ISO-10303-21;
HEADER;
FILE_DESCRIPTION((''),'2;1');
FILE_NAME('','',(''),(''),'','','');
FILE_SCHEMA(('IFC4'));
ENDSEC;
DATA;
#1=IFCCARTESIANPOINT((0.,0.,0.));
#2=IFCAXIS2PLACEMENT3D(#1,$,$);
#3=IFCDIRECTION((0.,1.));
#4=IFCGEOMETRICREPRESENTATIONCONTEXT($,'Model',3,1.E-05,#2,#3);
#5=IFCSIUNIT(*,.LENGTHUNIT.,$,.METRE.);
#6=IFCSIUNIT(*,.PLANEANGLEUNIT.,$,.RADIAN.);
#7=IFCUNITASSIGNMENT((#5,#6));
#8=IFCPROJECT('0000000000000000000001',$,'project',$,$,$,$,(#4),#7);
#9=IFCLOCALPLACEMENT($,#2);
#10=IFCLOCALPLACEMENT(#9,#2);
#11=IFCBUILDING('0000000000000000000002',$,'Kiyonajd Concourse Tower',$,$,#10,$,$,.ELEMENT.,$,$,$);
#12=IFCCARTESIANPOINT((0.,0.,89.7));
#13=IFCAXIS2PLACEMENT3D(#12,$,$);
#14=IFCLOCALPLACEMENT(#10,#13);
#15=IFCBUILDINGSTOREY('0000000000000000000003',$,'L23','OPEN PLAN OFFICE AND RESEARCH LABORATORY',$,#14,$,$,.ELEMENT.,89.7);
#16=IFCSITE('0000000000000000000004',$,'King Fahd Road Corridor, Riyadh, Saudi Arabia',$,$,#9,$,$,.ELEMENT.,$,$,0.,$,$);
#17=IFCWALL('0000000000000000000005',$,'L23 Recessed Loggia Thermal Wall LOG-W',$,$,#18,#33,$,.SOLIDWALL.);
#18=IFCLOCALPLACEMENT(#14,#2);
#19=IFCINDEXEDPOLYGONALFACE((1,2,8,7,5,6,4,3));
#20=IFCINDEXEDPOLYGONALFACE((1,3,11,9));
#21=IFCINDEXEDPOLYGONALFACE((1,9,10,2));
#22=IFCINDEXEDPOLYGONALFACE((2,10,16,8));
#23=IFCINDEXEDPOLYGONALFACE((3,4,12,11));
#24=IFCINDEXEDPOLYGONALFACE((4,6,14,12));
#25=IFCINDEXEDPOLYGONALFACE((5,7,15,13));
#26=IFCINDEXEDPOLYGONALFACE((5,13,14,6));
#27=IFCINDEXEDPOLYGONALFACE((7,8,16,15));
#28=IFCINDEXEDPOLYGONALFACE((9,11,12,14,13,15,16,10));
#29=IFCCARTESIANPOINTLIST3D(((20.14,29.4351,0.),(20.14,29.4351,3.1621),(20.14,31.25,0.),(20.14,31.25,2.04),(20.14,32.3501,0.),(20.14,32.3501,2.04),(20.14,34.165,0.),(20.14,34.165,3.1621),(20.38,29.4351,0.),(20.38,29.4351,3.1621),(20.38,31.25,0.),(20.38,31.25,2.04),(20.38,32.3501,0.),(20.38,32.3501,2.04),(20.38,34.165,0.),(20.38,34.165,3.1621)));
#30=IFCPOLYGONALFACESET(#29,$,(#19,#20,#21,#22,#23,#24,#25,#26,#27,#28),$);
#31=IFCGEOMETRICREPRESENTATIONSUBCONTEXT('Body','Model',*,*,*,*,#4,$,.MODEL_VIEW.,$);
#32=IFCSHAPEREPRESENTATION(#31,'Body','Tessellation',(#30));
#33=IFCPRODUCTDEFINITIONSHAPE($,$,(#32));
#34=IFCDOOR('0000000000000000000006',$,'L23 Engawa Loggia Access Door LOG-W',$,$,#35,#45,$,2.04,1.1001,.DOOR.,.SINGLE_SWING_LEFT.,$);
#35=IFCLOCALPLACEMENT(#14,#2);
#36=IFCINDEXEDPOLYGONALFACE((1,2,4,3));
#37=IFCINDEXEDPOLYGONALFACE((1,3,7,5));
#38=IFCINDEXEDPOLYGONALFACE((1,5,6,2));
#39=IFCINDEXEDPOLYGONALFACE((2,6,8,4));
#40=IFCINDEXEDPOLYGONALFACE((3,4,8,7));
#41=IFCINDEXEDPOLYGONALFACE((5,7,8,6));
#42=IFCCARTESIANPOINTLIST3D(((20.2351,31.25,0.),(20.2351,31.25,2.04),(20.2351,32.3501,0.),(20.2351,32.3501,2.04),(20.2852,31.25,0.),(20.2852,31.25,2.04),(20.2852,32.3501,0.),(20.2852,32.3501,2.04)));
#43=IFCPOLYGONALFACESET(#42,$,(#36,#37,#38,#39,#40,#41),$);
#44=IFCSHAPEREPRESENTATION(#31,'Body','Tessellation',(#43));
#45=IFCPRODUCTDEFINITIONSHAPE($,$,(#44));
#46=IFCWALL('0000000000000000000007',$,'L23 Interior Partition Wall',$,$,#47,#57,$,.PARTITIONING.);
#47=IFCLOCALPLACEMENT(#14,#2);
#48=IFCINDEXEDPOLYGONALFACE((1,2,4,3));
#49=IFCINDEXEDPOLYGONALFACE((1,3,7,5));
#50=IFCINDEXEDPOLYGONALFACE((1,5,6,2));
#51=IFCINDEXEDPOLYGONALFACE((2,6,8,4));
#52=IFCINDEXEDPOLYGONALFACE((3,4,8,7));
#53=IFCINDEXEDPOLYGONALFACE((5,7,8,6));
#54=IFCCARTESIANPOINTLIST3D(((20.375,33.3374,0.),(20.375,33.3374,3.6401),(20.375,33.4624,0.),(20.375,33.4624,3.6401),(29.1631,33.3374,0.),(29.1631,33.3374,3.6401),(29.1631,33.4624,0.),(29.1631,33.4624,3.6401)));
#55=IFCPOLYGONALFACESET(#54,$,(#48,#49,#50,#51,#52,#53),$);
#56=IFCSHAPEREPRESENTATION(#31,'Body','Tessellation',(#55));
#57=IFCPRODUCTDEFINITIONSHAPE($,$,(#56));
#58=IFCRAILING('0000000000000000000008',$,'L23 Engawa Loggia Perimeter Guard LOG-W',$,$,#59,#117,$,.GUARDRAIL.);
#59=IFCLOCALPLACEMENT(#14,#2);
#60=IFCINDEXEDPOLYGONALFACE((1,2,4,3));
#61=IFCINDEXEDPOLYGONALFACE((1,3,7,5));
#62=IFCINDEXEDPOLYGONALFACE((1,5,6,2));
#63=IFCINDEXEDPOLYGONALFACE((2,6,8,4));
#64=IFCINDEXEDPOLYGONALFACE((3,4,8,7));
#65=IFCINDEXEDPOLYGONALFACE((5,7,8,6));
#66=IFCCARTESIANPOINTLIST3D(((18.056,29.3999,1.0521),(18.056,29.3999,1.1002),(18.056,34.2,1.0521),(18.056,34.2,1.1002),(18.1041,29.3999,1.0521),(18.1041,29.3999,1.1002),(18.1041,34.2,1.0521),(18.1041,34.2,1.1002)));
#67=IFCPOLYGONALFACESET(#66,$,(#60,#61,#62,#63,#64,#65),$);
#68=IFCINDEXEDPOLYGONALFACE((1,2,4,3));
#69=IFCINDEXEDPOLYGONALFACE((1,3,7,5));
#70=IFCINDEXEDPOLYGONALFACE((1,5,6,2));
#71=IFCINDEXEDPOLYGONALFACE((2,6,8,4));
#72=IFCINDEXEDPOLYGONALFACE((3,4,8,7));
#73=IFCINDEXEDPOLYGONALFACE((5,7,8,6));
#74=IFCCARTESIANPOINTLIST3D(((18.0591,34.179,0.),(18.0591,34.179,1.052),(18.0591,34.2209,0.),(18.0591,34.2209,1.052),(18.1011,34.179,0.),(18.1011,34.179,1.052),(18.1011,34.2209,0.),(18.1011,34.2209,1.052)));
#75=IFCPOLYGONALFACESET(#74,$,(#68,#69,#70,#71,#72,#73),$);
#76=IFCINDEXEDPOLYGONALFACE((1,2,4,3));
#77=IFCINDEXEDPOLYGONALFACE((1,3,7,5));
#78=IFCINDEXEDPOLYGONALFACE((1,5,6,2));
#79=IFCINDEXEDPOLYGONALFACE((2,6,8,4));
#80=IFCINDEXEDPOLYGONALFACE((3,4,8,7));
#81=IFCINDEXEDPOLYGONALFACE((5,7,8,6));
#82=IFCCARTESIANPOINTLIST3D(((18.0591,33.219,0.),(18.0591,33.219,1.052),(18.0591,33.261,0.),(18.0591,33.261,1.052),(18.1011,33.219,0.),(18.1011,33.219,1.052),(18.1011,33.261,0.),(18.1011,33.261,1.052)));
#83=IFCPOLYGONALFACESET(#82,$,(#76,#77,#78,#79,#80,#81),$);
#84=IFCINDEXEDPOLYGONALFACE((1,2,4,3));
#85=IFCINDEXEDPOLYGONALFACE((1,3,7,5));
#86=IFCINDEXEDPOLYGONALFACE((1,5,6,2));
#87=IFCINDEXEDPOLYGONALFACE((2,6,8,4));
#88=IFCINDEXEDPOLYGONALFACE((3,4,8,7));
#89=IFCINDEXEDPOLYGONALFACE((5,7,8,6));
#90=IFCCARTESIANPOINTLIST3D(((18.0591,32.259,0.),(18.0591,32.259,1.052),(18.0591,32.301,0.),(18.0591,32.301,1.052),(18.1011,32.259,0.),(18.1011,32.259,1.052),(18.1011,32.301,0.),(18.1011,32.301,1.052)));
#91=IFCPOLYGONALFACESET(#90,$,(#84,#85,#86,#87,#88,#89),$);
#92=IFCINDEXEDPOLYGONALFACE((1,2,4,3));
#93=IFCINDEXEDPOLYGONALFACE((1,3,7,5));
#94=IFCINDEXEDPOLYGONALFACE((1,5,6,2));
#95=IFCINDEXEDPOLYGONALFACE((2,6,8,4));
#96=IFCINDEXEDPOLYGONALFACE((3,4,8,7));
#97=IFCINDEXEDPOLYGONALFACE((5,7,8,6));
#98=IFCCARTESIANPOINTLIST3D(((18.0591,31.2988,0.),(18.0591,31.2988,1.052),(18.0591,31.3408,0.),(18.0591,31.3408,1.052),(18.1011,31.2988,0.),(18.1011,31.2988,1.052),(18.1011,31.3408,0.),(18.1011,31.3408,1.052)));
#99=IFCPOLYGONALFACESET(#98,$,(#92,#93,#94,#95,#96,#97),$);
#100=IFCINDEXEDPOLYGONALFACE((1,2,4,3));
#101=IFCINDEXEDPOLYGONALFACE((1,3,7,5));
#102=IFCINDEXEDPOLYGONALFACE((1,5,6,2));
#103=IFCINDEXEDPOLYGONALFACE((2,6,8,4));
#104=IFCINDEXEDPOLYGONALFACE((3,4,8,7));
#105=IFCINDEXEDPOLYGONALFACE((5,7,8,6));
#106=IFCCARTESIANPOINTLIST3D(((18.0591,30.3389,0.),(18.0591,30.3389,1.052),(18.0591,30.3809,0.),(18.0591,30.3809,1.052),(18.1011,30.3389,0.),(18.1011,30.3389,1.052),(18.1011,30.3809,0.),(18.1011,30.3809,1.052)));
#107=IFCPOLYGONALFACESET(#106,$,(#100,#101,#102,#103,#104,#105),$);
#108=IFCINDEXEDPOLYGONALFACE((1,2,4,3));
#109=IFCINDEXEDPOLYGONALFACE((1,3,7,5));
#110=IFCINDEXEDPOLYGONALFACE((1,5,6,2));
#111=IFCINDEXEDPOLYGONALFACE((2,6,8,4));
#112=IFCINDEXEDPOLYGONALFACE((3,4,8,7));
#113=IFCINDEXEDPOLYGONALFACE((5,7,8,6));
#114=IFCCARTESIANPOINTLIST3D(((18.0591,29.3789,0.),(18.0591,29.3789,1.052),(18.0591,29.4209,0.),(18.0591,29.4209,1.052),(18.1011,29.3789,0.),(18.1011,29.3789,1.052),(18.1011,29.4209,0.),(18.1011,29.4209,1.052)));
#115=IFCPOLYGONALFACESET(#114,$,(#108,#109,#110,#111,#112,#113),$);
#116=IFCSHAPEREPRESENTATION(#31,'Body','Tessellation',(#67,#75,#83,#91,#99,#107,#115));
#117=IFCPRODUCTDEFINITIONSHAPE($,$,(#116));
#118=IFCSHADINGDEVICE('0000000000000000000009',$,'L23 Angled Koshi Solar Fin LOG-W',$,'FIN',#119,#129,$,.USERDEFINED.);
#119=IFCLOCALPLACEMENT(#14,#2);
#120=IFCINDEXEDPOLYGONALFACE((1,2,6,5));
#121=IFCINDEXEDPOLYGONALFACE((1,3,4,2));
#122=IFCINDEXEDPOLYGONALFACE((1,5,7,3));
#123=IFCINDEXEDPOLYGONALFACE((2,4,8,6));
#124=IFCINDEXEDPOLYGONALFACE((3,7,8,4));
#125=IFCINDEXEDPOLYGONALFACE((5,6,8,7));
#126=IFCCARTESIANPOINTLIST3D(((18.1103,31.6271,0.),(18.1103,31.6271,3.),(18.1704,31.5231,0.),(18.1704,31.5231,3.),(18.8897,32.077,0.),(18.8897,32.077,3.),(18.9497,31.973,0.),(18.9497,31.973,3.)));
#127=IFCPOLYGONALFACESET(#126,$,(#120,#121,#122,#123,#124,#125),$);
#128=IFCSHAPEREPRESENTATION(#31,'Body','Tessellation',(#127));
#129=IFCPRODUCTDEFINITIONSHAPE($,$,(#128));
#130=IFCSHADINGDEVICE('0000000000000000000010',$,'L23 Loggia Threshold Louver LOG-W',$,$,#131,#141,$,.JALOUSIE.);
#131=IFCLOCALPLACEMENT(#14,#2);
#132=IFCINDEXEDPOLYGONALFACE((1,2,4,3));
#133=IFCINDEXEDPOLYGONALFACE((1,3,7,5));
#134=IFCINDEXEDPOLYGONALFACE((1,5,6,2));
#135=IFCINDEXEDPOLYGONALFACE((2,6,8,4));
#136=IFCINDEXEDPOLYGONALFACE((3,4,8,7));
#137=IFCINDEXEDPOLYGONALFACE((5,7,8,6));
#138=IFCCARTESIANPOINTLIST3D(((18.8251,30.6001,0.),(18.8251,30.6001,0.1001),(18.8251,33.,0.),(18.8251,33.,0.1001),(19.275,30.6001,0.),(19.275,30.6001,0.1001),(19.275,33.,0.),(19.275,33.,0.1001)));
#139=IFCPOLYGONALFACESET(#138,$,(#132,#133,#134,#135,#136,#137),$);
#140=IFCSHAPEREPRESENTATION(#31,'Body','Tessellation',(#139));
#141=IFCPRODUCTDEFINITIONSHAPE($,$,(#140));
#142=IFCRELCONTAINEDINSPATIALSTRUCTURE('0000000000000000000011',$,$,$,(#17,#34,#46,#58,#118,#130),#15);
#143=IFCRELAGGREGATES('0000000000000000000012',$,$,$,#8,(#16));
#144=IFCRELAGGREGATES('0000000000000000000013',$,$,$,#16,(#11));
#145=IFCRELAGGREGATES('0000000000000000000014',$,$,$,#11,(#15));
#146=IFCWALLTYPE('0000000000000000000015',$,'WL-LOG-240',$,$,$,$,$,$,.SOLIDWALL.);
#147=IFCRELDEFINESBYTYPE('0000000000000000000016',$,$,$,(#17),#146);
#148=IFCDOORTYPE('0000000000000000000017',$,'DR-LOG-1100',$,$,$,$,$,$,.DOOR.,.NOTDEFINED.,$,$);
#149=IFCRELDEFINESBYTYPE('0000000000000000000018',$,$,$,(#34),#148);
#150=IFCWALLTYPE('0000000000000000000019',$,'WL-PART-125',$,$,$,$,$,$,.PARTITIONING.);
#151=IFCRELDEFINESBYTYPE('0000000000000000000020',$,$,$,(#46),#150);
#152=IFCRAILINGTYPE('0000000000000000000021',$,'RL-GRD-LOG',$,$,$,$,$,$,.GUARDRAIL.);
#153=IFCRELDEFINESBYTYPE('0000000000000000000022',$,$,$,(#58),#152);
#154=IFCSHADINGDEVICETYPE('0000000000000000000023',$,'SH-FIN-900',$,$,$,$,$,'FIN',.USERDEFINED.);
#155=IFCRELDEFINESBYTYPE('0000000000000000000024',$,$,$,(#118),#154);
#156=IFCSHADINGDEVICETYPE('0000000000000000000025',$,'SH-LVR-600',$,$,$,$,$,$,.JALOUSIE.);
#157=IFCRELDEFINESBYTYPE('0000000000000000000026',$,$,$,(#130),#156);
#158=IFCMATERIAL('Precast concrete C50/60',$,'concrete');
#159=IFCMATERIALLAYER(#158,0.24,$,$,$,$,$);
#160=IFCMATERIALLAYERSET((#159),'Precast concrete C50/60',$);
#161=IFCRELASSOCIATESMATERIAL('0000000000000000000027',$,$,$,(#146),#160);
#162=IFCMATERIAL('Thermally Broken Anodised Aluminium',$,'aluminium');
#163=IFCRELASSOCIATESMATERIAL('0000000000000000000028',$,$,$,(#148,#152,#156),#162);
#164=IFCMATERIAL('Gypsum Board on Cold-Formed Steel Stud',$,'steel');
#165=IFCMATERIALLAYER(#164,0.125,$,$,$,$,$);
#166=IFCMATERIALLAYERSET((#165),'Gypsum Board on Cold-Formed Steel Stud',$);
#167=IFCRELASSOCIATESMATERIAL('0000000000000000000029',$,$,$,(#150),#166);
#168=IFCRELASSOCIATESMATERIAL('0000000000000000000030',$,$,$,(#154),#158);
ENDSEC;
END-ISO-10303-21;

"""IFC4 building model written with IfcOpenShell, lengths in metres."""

from ifc_helpers import new_model, si_unit, direction, frame, frame_2d, origin, origin_2d, place, context, subcontext, project, spatial, rectangle, extrude, material, layer, layer_set, type_object, element, fill, save


model = new_model("IFC4")

# Units and contexts
model_context = context("Model", 3, precision=1e-05, world=origin(), true_north=direction((0.0, 1.0)))
body_context = subcontext(model_context, "Body", "Model", "MODEL_VIEW")
ifc_project = project(units=[si_unit("LENGTHUNIT", "METRE"), si_unit("PLANEANGLEUNIT", "RADIAN")], contexts=[model_context])

# Site, building, storey
site_placement = place(None, origin())
site = spatial("IfcSite", under=ifc_project, at=site_placement, Name="King Fahd Road Corridor, Riyadh, Saudi Arabia", CompositionType="ELEMENT", RefElevation=0.0)
building_placement = place(site_placement, origin())
building = spatial("IfcBuilding", under=site, at=building_placement, Name="Kiyonajd Concourse Tower", CompositionType="ELEMENT")
storey_placement = place(building_placement, frame((0.0, 0.0, 89.7)))
storey = spatial("IfcBuildingStorey", under=building, at=storey_placement, Name="L23", Description="OPEN PLAN OFFICE AND RESEARCH LABORATORY", CompositionType="ELEMENT", Elevation=89.7)

# Shared definitions
ifc_material_1 = material(Name="Precast concrete C50/60", Category="concrete")

# Shared definitions
ifc_material_2 = material(Name="Thermally Broken Anodised Aluminium", Category="aluminium")

# Wall, opening, door
ifc_layer_1 = layer(ifc_material_1, 0.24)
ifc_layer_set_1 = layer_set([ifc_layer_1], Name="Precast concrete C50/60")
wall_type_1 = type_object("IfcWallType", Name="WL-LOG-240", PredefinedType="SOLIDWALL", material=ifc_layer_set_1)
wall_1_placement = place(storey_placement, frame((20.26, 29.4351, 0.0), z_axis=(0.0, 0.0, 1.0), x_axis=(0.0, 1.0, 0.0)))
wall_1 = element("IfcWall", 1, at=wall_1_placement, inside=storey, type_object=wall_type_1, Name="L23 Recessed Loggia Thermal Wall LOG-W", PredefinedType="SOLIDWALL", context=body_context, shape_type="SweptSolid", body=[
    extrude(rectangle(XDim=4.73, YDim=0.24, at=frame_2d((2.365, 0.0))), origin(), (0.0, 0.0, 1.0), 3.1621),
])
opening_placement = place(wall_1_placement, frame((1.8149, 0.0, 0.0)))
opening = element("IfcOpeningElement", 2, at=opening_placement, cuts=wall_1, PredefinedType="OPENING", context=body_context, shape_type="SweptSolid", body=[
    extrude(rectangle(XDim=1.1001, YDim=2.04, at=frame_2d((0.55, 1.02))), frame((0.0, 0.1299, 0.0), z_axis=(0.0, -1.0, 0.0), x_axis=(1.0, 0.0, 0.0)), (0.0, 0.0, 1.0), 0.26),
])
door_type = type_object("IfcDoorType", Name="DR-LOG-1100", OperationType="NOTDEFINED", PredefinedType="DOOR", material=ifc_material_2)
door_placement = place(opening_placement, origin())
door = element("IfcDoor", 3, at=door_placement, inside=storey, type_object=door_type, Name="L23 Engawa Loggia Access Door LOG-W", OperationType="SINGLE_SWING_LEFT", OverallHeight=2.04, OverallWidth=1.1001, PredefinedType="DOOR", context=body_context, shape_type="SweptSolid", body=[
    extrude(rectangle(XDim=1.1001, YDim=2.04, at=frame_2d((0.55, 1.02))), frame((0.0, 0.0249, 0.0), z_axis=(0.0, -1.0, 0.0), x_axis=(1.0, 0.0, 0.0)), (0.0, 0.0, 1.0), 0.05),
])
fill(opening, door)

# Wall
ifc_material_3 = material(Name="Gypsum Board on Cold-Formed Steel Stud", Category="steel")
ifc_layer_2 = layer(ifc_material_3, 0.125)
ifc_layer_set_2 = layer_set([ifc_layer_2], Name="Gypsum Board on Cold-Formed Steel Stud")
wall_type_2 = type_object("IfcWallType", Name="WL-PART-125", PredefinedType="PARTITIONING", material=ifc_layer_set_2)
wall_2_placement = place(storey_placement, frame((20.375, 33.3999, 0.0), z_axis=(0.0, 0.0, 1.0), x_axis=(1.0, 0.0, 0.0)))
element("IfcWall", 4, at=wall_2_placement, inside=storey, type_object=wall_type_2, Name="L23 Interior Partition Wall", PredefinedType="PARTITIONING", context=body_context, shape_type="SweptSolid", body=[
    extrude(rectangle(XDim=8.7881, YDim=0.125, at=frame_2d((4.394, 0.0))), origin(), (0.0, 0.0, 1.0), 3.6401),
])

# Railing
railing_type = type_object("IfcRailingType", Name="RL-GRD-LOG", PredefinedType="GUARDRAIL", material=ifc_material_2)
railing_placement = place(storey_placement, frame((18.0801, 34.2, 0.0)))
element("IfcRailing", 5, at=railing_placement, inside=storey, type_object=railing_type, Name="L23 Engawa Loggia Perimeter Guard LOG-W", PredefinedType="GUARDRAIL", context=body_context, shape_type="SweptSolid", body=[
    extrude(rectangle(XDim=0.0481, YDim=0.0481, at=origin_2d()), frame((0.0, 0.0, 1.0762), z_axis=(0.0, -1.0, 0.0), x_axis=(1.0, 0.0, 0.0)), (0.0, 0.0, 1.0), 4.8),
    extrude(rectangle(XDim=0.042, YDim=0.042, at=origin_2d()), origin(), (0.0, 0.0, 1.0), 1.052),
    extrude(rectangle(XDim=0.042, YDim=0.042, at=origin_2d()), frame((0.0, -0.96, 0.0)), (0.0, 0.0, 1.0), 1.052),
    extrude(rectangle(XDim=0.042, YDim=0.042, at=origin_2d()), frame((0.0, -1.9199, 0.0)), (0.0, 0.0, 1.0), 1.052),
    extrude(rectangle(XDim=0.042, YDim=0.042, at=origin_2d()), frame((0.0, -2.8801, 0.0)), (0.0, 0.0, 1.0), 1.052),
    extrude(rectangle(XDim=0.042, YDim=0.042, at=origin_2d()), frame((0.0, -3.8401, 0.0)), (0.0, 0.0, 1.0), 1.052),
    extrude(rectangle(XDim=0.042, YDim=0.042, at=origin_2d()), frame((0.0, -4.8, 0.0)), (0.0, 0.0, 1.0), 1.052),
])

# Shading devices
shading_device_type_1 = type_object("IfcShadingDeviceType", Name="SH-FIN-900", ElementType="FIN", PredefinedType="USERDEFINED", material=ifc_material_1)
shading_device_1_placement = place(storey_placement, frame((18.53, 31.8, 0.0), z_axis=(0.0, 0.0, 1.0), x_axis=(0.866025, 0.5, 0.0)))
element("IfcShadingDevice", 6, at=shading_device_1_placement, inside=storey, type_object=shading_device_type_1, Name="L23 Angled Koshi Solar Fin LOG-W", ObjectType="FIN", PredefinedType="USERDEFINED", context=body_context, shape_type="SweptSolid", body=[
    extrude(rectangle(XDim=0.8999, YDim=0.1201, at=origin_2d()), origin(), (0.0, 0.0, 1.0), 3.0),
])
shading_device_type_2 = type_object("IfcShadingDeviceType", Name="SH-LVR-600", PredefinedType="JALOUSIE", material=ifc_material_2)
shading_device_2_placement = place(storey_placement, frame((19.05, 31.8, 0.0), z_axis=(0.0, 0.0, 1.0), x_axis=(0.0, 1.0, 0.0)))
element("IfcShadingDevice", 7, at=shading_device_2_placement, inside=storey, type_object=shading_device_type_2, Name="L23 Loggia Threshold Louver LOG-W", PredefinedType="JALOUSIE", context=body_context, shape_type="SweptSolid", body=[
    extrude(rectangle(XDim=2.3999, YDim=0.45, at=origin_2d()), origin(), (0.0, 0.0, 1.0), 0.1001),
])

save(model, "model.ifc")
